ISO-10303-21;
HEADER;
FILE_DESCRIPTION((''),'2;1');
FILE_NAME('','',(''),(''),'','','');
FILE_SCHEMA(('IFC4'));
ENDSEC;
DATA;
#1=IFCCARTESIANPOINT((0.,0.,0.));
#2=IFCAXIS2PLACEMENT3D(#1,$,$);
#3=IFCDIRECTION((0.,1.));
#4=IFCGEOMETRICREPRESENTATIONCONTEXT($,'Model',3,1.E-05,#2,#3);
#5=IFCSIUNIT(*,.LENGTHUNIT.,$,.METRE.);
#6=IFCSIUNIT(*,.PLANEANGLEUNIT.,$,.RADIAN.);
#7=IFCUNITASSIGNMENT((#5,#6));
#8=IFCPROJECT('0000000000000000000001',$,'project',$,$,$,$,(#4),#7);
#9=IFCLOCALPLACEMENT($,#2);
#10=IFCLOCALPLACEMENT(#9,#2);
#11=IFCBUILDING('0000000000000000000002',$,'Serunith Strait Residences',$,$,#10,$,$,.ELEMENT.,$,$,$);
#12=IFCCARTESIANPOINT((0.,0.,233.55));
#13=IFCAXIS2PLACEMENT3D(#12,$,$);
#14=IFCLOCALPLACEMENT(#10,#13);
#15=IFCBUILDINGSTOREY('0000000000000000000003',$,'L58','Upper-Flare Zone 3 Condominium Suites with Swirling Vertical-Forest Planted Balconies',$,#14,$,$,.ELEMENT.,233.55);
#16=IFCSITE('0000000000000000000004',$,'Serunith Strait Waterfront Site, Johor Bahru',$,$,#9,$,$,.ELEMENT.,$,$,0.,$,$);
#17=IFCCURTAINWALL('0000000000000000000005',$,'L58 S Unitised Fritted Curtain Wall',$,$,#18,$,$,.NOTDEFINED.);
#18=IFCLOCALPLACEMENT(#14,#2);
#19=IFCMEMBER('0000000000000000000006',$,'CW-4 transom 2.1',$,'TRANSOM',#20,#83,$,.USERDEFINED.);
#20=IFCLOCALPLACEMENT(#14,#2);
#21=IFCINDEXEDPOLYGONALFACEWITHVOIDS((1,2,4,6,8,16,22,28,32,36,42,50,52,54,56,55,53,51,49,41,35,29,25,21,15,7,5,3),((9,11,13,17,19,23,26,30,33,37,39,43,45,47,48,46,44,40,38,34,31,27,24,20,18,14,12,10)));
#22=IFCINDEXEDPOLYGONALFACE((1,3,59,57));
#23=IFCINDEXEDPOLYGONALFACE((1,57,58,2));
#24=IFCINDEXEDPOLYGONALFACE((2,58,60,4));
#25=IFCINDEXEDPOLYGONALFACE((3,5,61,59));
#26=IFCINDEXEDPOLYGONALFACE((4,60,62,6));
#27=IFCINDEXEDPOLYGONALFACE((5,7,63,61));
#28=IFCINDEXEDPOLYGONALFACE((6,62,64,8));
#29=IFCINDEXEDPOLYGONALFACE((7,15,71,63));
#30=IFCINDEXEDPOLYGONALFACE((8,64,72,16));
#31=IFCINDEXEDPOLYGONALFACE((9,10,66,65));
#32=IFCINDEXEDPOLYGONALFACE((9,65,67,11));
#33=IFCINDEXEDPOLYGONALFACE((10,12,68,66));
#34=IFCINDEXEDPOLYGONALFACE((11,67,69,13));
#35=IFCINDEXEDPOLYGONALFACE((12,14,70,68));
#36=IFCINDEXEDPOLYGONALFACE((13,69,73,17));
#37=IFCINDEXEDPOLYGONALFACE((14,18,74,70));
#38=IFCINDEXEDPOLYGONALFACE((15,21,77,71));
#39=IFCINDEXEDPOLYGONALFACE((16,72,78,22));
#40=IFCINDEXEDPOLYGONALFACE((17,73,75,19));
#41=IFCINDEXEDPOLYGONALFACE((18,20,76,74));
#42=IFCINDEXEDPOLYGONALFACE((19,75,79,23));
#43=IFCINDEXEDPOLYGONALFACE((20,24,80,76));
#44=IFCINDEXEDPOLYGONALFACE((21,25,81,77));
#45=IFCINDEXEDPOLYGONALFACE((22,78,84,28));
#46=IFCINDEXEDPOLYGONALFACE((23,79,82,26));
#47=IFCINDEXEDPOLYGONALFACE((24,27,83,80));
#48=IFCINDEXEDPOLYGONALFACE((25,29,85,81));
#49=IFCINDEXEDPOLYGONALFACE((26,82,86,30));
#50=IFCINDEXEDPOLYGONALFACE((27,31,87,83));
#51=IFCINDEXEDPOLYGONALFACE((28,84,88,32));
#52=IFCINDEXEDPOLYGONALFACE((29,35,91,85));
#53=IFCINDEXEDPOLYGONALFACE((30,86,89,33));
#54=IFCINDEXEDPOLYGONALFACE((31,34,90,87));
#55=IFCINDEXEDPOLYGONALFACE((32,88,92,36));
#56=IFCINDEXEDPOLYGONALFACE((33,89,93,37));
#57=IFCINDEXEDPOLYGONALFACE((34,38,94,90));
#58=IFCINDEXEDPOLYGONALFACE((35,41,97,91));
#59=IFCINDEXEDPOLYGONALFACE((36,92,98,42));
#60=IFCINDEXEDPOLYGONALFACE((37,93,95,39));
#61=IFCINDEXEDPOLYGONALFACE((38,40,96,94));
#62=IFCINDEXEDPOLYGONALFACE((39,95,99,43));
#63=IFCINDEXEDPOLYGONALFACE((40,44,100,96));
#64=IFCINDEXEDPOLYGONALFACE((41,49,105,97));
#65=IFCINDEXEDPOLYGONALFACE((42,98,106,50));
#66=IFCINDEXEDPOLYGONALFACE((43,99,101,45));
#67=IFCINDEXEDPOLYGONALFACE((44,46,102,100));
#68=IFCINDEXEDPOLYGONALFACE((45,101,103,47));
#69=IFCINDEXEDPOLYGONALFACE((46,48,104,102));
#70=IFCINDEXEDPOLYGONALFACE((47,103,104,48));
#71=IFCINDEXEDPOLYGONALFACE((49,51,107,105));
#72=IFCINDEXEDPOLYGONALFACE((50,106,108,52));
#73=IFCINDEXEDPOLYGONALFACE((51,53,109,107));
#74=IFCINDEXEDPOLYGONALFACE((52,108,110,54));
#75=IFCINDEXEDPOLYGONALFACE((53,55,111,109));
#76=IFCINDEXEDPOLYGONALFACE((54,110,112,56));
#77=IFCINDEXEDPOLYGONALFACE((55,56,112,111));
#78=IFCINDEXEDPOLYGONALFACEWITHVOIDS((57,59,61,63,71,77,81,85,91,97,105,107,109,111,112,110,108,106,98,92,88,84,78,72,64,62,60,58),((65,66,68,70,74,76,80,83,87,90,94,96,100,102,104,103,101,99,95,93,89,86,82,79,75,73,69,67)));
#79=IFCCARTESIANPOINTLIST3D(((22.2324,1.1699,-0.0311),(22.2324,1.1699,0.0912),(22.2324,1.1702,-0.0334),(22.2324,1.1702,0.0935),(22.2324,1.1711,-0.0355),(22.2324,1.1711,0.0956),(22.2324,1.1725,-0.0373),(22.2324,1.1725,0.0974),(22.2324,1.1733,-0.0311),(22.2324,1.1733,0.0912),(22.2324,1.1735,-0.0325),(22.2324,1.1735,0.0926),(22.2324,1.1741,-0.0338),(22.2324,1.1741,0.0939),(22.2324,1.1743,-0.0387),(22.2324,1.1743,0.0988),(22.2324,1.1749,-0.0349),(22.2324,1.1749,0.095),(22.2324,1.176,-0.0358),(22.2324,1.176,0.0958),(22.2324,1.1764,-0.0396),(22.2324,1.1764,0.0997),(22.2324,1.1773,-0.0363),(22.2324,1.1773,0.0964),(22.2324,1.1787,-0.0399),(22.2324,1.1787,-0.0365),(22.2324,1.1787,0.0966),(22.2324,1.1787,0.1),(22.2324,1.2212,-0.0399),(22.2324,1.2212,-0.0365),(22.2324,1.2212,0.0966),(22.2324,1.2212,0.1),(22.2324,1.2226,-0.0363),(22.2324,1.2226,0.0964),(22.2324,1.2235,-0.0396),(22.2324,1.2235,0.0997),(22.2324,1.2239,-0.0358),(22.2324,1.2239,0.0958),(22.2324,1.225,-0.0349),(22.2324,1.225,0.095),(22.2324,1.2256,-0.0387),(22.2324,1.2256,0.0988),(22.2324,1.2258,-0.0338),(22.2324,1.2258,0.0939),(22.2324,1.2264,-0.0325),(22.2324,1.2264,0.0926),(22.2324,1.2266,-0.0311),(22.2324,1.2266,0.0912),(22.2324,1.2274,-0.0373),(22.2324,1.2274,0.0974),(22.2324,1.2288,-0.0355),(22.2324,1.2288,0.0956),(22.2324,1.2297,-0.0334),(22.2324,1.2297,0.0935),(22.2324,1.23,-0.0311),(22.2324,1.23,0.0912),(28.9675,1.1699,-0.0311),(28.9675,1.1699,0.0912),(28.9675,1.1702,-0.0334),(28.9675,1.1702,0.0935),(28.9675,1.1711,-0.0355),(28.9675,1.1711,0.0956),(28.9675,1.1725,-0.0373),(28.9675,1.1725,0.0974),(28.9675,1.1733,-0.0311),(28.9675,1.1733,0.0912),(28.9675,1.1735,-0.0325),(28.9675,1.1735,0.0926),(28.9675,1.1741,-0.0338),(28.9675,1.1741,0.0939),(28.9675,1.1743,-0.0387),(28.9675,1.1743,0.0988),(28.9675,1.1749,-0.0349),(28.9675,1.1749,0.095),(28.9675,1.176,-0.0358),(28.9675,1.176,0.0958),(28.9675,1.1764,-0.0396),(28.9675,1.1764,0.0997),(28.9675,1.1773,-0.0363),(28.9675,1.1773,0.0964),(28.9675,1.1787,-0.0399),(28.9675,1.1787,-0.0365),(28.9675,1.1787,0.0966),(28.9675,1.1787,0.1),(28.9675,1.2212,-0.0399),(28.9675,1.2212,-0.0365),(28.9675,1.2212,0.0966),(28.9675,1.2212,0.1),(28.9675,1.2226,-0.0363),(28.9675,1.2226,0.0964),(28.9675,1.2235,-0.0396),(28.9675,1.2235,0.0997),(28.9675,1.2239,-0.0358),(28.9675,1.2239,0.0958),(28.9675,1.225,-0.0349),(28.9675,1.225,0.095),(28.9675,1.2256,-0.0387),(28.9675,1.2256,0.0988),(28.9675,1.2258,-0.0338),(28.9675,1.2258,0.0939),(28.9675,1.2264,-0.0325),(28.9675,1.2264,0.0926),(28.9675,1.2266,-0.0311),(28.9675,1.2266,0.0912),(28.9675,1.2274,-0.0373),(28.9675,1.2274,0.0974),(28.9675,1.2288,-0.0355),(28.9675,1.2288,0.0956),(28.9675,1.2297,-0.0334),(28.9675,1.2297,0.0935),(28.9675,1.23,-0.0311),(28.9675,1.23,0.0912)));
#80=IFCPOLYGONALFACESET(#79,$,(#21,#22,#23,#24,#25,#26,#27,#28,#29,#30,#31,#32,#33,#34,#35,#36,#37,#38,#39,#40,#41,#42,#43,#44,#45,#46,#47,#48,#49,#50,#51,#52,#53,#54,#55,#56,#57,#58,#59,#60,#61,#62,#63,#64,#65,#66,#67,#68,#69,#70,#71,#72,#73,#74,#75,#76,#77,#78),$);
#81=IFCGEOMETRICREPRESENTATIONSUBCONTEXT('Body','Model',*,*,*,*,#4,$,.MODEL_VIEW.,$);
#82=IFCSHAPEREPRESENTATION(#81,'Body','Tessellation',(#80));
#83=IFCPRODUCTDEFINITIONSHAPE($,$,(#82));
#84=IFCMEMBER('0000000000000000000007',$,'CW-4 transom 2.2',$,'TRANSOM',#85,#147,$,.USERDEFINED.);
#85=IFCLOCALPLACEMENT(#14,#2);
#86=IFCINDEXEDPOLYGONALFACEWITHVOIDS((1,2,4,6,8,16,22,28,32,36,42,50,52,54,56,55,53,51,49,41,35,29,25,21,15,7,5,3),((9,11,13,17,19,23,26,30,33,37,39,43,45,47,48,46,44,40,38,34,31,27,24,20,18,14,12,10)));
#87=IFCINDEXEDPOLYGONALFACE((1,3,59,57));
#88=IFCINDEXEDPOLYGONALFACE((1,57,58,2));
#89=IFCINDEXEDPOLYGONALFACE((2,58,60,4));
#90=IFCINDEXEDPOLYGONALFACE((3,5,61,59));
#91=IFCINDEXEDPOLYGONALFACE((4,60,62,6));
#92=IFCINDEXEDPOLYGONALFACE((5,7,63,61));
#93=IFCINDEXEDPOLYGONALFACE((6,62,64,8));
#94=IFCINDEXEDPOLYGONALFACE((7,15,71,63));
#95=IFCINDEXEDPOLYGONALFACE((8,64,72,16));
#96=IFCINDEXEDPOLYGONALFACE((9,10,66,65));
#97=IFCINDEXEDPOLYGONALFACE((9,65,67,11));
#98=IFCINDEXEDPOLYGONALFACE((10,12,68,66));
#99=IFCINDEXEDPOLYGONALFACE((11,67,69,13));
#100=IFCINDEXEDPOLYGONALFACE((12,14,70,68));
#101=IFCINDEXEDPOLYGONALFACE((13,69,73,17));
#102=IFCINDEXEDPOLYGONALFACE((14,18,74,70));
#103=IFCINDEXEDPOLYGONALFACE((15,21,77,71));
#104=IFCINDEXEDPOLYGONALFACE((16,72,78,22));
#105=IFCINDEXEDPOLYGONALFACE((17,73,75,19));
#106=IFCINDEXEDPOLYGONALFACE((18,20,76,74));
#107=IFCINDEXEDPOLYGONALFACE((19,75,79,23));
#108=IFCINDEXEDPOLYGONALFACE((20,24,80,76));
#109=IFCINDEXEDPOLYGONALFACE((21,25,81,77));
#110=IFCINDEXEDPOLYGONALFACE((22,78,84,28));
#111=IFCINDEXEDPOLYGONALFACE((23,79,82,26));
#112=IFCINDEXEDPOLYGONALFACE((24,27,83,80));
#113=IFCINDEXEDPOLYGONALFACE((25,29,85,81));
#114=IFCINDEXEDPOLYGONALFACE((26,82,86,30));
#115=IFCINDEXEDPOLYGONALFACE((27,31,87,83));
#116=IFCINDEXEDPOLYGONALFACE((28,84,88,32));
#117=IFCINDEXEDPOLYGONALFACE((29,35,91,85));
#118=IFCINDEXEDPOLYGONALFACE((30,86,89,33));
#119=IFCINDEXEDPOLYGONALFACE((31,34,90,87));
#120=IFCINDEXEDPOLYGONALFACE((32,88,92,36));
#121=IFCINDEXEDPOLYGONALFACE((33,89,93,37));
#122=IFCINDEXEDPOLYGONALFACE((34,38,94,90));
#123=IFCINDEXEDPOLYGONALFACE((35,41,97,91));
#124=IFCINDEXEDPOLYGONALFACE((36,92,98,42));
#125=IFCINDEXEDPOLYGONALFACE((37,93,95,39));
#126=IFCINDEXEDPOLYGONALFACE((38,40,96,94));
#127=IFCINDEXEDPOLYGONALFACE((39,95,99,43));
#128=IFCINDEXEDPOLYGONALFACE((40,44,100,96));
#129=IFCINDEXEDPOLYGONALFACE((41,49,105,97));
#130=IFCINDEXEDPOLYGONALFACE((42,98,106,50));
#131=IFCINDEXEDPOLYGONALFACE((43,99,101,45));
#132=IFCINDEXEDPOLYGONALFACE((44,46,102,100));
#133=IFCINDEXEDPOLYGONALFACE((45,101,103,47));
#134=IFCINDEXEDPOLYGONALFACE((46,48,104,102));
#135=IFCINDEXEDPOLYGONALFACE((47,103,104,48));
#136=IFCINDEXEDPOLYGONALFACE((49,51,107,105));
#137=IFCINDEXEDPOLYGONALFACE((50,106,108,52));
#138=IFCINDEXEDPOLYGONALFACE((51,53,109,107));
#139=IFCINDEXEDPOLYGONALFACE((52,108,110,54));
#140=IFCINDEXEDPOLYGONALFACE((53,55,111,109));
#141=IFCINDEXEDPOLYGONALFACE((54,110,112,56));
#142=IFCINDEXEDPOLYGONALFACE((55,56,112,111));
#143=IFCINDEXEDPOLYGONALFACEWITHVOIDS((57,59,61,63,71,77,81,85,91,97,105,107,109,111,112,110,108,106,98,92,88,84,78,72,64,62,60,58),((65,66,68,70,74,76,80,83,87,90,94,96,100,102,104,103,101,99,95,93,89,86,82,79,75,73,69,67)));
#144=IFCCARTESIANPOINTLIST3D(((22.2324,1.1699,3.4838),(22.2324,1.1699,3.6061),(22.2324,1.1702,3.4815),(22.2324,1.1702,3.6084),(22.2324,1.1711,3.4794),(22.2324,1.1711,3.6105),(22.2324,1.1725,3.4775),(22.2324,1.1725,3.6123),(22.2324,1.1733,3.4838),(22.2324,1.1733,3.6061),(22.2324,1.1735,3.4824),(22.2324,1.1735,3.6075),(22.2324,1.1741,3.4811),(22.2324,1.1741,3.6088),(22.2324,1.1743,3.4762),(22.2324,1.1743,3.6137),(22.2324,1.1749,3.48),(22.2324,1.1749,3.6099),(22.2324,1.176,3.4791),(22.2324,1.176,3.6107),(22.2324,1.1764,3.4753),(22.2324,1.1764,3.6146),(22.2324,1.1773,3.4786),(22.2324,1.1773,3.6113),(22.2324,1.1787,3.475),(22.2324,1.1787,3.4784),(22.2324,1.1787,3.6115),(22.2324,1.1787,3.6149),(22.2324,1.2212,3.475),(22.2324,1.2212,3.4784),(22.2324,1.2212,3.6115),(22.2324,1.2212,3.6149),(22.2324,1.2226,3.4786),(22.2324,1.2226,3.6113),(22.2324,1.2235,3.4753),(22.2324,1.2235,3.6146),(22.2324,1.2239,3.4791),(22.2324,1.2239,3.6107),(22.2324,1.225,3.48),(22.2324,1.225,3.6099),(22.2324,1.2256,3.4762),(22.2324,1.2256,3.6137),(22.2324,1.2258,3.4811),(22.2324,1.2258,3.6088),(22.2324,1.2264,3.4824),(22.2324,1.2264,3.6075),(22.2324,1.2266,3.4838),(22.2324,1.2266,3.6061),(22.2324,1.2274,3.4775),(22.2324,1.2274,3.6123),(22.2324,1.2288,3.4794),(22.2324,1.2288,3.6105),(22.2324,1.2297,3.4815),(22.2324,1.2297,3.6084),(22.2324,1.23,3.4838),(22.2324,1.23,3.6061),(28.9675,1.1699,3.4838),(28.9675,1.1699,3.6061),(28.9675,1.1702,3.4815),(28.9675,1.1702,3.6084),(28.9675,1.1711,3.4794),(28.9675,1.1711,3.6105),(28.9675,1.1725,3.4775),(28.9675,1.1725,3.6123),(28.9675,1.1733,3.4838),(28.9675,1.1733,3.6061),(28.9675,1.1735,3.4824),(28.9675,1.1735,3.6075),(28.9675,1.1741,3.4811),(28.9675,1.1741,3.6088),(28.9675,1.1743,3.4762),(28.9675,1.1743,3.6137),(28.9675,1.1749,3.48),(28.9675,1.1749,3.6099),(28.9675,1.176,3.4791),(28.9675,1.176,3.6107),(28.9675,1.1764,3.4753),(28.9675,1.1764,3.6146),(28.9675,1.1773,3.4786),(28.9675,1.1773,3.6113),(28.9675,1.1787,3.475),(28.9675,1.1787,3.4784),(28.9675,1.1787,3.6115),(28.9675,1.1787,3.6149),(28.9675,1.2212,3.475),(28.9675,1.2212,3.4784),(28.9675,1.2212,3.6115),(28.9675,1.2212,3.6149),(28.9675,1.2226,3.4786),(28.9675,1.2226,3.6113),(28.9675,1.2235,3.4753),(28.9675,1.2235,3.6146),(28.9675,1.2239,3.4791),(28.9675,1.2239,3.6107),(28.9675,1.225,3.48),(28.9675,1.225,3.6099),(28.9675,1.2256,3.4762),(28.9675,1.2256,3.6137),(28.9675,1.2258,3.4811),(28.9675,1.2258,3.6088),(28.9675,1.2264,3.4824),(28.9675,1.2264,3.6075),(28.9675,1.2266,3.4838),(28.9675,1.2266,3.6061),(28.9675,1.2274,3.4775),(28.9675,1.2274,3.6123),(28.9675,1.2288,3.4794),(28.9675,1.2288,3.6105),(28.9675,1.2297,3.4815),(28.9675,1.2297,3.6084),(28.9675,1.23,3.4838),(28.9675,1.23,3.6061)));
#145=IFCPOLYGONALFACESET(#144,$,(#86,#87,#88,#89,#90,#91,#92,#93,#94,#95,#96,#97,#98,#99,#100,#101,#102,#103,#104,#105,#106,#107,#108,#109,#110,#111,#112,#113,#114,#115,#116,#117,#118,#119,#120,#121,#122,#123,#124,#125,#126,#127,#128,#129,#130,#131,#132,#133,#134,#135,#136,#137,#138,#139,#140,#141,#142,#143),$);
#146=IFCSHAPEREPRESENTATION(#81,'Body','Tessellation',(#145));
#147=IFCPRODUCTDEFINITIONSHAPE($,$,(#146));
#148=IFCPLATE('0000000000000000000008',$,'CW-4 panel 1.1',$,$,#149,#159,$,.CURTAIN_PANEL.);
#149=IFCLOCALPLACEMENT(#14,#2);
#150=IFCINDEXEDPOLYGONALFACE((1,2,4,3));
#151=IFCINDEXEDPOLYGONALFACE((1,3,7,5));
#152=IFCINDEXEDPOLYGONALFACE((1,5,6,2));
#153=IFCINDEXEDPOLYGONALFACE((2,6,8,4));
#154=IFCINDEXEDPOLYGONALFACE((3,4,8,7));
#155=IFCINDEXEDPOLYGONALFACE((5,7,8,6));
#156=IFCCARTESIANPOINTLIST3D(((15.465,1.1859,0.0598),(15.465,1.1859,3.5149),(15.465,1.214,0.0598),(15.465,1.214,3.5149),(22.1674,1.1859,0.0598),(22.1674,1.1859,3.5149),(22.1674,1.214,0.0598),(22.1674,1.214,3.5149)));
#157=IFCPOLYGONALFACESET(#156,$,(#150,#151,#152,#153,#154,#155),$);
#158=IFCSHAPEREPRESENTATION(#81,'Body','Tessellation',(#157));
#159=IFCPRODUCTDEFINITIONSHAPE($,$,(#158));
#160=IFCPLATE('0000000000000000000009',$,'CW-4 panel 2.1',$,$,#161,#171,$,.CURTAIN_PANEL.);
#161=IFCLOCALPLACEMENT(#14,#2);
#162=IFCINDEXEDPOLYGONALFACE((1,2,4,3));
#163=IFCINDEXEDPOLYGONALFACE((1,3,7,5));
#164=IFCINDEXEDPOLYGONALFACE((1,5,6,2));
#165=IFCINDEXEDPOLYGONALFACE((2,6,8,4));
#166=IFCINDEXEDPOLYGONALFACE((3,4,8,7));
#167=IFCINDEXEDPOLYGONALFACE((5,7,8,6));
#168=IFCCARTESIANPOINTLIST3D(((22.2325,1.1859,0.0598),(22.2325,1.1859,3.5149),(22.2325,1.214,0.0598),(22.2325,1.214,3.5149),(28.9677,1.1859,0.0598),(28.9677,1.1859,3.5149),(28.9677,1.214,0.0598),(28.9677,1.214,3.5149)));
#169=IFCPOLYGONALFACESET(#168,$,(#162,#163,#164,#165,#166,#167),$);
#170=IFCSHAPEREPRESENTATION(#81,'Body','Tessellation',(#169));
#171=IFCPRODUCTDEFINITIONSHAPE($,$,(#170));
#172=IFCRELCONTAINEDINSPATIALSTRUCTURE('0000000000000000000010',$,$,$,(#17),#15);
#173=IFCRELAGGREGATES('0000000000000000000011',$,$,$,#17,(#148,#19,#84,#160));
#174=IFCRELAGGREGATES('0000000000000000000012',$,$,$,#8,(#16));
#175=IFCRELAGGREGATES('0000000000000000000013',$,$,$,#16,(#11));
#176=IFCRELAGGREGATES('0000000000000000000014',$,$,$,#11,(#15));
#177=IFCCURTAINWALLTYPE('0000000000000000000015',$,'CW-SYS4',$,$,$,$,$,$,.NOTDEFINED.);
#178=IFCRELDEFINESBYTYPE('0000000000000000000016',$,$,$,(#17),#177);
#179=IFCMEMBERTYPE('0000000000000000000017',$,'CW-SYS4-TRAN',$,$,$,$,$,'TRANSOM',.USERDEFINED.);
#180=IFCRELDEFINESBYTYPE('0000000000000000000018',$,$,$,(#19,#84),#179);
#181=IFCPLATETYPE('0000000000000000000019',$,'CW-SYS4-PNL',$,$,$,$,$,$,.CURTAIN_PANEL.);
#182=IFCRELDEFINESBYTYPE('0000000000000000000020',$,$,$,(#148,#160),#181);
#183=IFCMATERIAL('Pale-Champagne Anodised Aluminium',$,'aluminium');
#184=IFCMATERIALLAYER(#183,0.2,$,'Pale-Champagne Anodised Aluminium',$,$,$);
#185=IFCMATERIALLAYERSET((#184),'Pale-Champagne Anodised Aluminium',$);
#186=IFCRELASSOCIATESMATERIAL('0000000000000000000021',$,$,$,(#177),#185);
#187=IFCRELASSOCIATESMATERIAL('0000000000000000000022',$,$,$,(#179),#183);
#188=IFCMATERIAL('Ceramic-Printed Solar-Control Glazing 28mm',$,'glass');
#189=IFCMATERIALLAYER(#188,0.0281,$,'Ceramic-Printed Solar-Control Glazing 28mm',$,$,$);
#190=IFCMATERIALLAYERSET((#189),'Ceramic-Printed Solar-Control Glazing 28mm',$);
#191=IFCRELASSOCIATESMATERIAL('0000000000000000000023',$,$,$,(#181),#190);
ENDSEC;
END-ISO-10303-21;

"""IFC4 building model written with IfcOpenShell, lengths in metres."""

from ifc_helpers import new_model, si_unit, direction, frame, origin, origin_2d, place, context, subcontext, project, spatial, rectangle, hollow_rectangle, extrude, source, transform, mapped, material, layer, layer_set, material_profile, profile_set, type_object, element, aggregate, save


model = new_model("IFC4")

# Units and contexts
model_context = context("Model", 3, precision=1e-05, world=origin(), true_north=direction((0.0, 1.0)))
body_context = subcontext(model_context, "Body", "Model", "MODEL_VIEW")
ifc_project = project(units=[si_unit("LENGTHUNIT", "METRE"), si_unit("PLANEANGLEUNIT", "RADIAN")], contexts=[model_context])

# Site, building, storey
site_placement = place(None, origin())
site = spatial("IfcSite", under=ifc_project, at=site_placement, Name="Serunith Strait Waterfront Site, Johor Bahru", CompositionType="ELEMENT", RefElevation=0.0)
building_placement = place(site_placement, origin())
building = spatial("IfcBuilding", under=site, at=building_placement, Name="Serunith Strait Residences", CompositionType="ELEMENT")
storey_placement = place(building_placement, frame((0.0, 0.0, 233.55)))
storey = spatial("IfcBuildingStorey", under=building, at=storey_placement, Name="L58", Description="Upper-Flare Zone 3 Condominium Suites with Swirling Vertical-Forest Planted Balconies", CompositionType="ELEMENT", Elevation=233.55)

# Curtain wall, members, plates
ifc_material_1 = material(Name="Pale-Champagne Anodised Aluminium", Category="aluminium")
ifc_layer_1 = layer(ifc_material_1, 0.2, Name="Pale-Champagne Anodised Aluminium")
ifc_layer_set_1 = layer_set([ifc_layer_1], Name="Pale-Champagne Anodised Aluminium")
curtain_wall_type = type_object("IfcCurtainWallType", Name="CW-SYS4", PredefinedType="NOTDEFINED", material=ifc_layer_set_1)
curtain_wall_placement = place(storey_placement, origin())
curtain_wall = element("IfcCurtainWall", 1, at=curtain_wall_placement, inside=storey, type_object=curtain_wall_type, Name="L58 S Unitised Fritted Curtain Wall", PredefinedType="NOTDEFINED")
ifc_material_profile_1 = material_profile(ifc_material_1, hollow_rectangle(XDim=0.0601, YDim=0.1399, WallThickness=0.0034, InnerFilletRadius=0.0054, OuterFilletRadius=0.0088, at=origin_2d()), Name="ALU 140x60x3.5")
ifc_profile_set_1 = profile_set([ifc_material_profile_1], Name="Pale-Champagne Anodised Aluminium")
member_type_1 = type_object("IfcMemberType", Name="CW-SYS4-TRAN", ElementType="TRANSOM", PredefinedType="USERDEFINED", material=ifc_profile_set_1)
shared_shape_1 = source(origin(), body_context, "Body", "SweptSolid", [
    extrude(hollow_rectangle(XDim=0.0601, YDim=0.1399, WallThickness=0.0034, InnerFilletRadius=0.0054, OuterFilletRadius=0.0088, at=origin_2d()), origin(), (0.0, 0.0, 1.0), 6.7351),
])
member_1_placement = place(storey_placement, frame((22.2324, 1.2, 0.03), z_axis=(1.0, 0.0, 0.0), x_axis=(0.0, 1.0, 0.0)))
member_1 = element("IfcMember", 2, at=member_1_placement, type_object=member_type_1, Name="CW-4 transom 2.1", ObjectType="TRANSOM", PredefinedType="USERDEFINED", context=body_context, shape_type="MappedRepresentation", body=[
    mapped(shared_shape_1, transform((0.0, 0.0, 0.0), scale=1.0)),
])
member_2_placement = place(storey_placement, frame((22.2324, 1.2, 3.5449), z_axis=(1.0, 0.0, 0.0), x_axis=(0.0, 1.0, 0.0)))
member_2 = element("IfcMember", 3, at=member_2_placement, type_object=member_type_1, Name="CW-4 transom 2.2", ObjectType="TRANSOM", PredefinedType="USERDEFINED", context=body_context, shape_type="MappedRepresentation", body=[
    mapped(shared_shape_1, transform((0.0, 0.0, 0.0), scale=1.0)),
])
ifc_material_2 = material(Name="Ceramic-Printed Solar-Control Glazing 28mm", Category="glass")
ifc_layer_2 = layer(ifc_material_2, 0.0281, Name="Ceramic-Printed Solar-Control Glazing 28mm")
ifc_layer_set_2 = layer_set([ifc_layer_2], Name="Ceramic-Printed Solar-Control Glazing 28mm")
plate_type = type_object("IfcPlateType", Name="CW-SYS4-PNL", PredefinedType="CURTAIN_PANEL", material=ifc_layer_set_2)
shared_shape_2 = source(origin(), body_context, "Body", "SweptSolid", [
    extrude(rectangle(XDim=6.7024, YDim=0.0281, at=origin_2d()), origin(), (0.0, 0.0, 1.0), 3.4551),
])
plate_1_placement = place(storey_placement, frame((18.8162, 1.2, 0.0598), z_axis=(0.0, 0.0, 1.0), x_axis=(1.0, 0.0, 0.0)))
plate_1 = element("IfcPlate", 4, at=plate_1_placement, type_object=plate_type, Name="CW-4 panel 1.1", PredefinedType="CURTAIN_PANEL", context=body_context, shape_type="MappedRepresentation", body=[
    mapped(shared_shape_2, transform((0.0, 0.0, 0.0), scale=1.0)),
])
shared_shape_3 = source(origin(), body_context, "Body", "SweptSolid", [
    extrude(rectangle(XDim=6.7351, YDim=0.0281, at=origin_2d()), origin(), (0.0, 0.0, 1.0), 3.4551),
])
plate_2_placement = place(storey_placement, frame((25.6001, 1.2, 0.0598), z_axis=(0.0, 0.0, 1.0), x_axis=(1.0, 0.0, 0.0)))
plate_2 = element("IfcPlate", 5, at=plate_2_placement, type_object=plate_type, Name="CW-4 panel 2.1", PredefinedType="CURTAIN_PANEL", context=body_context, shape_type="MappedRepresentation", body=[
    mapped(shared_shape_3, transform((0.0, 0.0, 0.0), scale=1.0)),
])
aggregate(curtain_wall, [plate_1, member_1, member_2, plate_2])

save(model, "model.ifc")
